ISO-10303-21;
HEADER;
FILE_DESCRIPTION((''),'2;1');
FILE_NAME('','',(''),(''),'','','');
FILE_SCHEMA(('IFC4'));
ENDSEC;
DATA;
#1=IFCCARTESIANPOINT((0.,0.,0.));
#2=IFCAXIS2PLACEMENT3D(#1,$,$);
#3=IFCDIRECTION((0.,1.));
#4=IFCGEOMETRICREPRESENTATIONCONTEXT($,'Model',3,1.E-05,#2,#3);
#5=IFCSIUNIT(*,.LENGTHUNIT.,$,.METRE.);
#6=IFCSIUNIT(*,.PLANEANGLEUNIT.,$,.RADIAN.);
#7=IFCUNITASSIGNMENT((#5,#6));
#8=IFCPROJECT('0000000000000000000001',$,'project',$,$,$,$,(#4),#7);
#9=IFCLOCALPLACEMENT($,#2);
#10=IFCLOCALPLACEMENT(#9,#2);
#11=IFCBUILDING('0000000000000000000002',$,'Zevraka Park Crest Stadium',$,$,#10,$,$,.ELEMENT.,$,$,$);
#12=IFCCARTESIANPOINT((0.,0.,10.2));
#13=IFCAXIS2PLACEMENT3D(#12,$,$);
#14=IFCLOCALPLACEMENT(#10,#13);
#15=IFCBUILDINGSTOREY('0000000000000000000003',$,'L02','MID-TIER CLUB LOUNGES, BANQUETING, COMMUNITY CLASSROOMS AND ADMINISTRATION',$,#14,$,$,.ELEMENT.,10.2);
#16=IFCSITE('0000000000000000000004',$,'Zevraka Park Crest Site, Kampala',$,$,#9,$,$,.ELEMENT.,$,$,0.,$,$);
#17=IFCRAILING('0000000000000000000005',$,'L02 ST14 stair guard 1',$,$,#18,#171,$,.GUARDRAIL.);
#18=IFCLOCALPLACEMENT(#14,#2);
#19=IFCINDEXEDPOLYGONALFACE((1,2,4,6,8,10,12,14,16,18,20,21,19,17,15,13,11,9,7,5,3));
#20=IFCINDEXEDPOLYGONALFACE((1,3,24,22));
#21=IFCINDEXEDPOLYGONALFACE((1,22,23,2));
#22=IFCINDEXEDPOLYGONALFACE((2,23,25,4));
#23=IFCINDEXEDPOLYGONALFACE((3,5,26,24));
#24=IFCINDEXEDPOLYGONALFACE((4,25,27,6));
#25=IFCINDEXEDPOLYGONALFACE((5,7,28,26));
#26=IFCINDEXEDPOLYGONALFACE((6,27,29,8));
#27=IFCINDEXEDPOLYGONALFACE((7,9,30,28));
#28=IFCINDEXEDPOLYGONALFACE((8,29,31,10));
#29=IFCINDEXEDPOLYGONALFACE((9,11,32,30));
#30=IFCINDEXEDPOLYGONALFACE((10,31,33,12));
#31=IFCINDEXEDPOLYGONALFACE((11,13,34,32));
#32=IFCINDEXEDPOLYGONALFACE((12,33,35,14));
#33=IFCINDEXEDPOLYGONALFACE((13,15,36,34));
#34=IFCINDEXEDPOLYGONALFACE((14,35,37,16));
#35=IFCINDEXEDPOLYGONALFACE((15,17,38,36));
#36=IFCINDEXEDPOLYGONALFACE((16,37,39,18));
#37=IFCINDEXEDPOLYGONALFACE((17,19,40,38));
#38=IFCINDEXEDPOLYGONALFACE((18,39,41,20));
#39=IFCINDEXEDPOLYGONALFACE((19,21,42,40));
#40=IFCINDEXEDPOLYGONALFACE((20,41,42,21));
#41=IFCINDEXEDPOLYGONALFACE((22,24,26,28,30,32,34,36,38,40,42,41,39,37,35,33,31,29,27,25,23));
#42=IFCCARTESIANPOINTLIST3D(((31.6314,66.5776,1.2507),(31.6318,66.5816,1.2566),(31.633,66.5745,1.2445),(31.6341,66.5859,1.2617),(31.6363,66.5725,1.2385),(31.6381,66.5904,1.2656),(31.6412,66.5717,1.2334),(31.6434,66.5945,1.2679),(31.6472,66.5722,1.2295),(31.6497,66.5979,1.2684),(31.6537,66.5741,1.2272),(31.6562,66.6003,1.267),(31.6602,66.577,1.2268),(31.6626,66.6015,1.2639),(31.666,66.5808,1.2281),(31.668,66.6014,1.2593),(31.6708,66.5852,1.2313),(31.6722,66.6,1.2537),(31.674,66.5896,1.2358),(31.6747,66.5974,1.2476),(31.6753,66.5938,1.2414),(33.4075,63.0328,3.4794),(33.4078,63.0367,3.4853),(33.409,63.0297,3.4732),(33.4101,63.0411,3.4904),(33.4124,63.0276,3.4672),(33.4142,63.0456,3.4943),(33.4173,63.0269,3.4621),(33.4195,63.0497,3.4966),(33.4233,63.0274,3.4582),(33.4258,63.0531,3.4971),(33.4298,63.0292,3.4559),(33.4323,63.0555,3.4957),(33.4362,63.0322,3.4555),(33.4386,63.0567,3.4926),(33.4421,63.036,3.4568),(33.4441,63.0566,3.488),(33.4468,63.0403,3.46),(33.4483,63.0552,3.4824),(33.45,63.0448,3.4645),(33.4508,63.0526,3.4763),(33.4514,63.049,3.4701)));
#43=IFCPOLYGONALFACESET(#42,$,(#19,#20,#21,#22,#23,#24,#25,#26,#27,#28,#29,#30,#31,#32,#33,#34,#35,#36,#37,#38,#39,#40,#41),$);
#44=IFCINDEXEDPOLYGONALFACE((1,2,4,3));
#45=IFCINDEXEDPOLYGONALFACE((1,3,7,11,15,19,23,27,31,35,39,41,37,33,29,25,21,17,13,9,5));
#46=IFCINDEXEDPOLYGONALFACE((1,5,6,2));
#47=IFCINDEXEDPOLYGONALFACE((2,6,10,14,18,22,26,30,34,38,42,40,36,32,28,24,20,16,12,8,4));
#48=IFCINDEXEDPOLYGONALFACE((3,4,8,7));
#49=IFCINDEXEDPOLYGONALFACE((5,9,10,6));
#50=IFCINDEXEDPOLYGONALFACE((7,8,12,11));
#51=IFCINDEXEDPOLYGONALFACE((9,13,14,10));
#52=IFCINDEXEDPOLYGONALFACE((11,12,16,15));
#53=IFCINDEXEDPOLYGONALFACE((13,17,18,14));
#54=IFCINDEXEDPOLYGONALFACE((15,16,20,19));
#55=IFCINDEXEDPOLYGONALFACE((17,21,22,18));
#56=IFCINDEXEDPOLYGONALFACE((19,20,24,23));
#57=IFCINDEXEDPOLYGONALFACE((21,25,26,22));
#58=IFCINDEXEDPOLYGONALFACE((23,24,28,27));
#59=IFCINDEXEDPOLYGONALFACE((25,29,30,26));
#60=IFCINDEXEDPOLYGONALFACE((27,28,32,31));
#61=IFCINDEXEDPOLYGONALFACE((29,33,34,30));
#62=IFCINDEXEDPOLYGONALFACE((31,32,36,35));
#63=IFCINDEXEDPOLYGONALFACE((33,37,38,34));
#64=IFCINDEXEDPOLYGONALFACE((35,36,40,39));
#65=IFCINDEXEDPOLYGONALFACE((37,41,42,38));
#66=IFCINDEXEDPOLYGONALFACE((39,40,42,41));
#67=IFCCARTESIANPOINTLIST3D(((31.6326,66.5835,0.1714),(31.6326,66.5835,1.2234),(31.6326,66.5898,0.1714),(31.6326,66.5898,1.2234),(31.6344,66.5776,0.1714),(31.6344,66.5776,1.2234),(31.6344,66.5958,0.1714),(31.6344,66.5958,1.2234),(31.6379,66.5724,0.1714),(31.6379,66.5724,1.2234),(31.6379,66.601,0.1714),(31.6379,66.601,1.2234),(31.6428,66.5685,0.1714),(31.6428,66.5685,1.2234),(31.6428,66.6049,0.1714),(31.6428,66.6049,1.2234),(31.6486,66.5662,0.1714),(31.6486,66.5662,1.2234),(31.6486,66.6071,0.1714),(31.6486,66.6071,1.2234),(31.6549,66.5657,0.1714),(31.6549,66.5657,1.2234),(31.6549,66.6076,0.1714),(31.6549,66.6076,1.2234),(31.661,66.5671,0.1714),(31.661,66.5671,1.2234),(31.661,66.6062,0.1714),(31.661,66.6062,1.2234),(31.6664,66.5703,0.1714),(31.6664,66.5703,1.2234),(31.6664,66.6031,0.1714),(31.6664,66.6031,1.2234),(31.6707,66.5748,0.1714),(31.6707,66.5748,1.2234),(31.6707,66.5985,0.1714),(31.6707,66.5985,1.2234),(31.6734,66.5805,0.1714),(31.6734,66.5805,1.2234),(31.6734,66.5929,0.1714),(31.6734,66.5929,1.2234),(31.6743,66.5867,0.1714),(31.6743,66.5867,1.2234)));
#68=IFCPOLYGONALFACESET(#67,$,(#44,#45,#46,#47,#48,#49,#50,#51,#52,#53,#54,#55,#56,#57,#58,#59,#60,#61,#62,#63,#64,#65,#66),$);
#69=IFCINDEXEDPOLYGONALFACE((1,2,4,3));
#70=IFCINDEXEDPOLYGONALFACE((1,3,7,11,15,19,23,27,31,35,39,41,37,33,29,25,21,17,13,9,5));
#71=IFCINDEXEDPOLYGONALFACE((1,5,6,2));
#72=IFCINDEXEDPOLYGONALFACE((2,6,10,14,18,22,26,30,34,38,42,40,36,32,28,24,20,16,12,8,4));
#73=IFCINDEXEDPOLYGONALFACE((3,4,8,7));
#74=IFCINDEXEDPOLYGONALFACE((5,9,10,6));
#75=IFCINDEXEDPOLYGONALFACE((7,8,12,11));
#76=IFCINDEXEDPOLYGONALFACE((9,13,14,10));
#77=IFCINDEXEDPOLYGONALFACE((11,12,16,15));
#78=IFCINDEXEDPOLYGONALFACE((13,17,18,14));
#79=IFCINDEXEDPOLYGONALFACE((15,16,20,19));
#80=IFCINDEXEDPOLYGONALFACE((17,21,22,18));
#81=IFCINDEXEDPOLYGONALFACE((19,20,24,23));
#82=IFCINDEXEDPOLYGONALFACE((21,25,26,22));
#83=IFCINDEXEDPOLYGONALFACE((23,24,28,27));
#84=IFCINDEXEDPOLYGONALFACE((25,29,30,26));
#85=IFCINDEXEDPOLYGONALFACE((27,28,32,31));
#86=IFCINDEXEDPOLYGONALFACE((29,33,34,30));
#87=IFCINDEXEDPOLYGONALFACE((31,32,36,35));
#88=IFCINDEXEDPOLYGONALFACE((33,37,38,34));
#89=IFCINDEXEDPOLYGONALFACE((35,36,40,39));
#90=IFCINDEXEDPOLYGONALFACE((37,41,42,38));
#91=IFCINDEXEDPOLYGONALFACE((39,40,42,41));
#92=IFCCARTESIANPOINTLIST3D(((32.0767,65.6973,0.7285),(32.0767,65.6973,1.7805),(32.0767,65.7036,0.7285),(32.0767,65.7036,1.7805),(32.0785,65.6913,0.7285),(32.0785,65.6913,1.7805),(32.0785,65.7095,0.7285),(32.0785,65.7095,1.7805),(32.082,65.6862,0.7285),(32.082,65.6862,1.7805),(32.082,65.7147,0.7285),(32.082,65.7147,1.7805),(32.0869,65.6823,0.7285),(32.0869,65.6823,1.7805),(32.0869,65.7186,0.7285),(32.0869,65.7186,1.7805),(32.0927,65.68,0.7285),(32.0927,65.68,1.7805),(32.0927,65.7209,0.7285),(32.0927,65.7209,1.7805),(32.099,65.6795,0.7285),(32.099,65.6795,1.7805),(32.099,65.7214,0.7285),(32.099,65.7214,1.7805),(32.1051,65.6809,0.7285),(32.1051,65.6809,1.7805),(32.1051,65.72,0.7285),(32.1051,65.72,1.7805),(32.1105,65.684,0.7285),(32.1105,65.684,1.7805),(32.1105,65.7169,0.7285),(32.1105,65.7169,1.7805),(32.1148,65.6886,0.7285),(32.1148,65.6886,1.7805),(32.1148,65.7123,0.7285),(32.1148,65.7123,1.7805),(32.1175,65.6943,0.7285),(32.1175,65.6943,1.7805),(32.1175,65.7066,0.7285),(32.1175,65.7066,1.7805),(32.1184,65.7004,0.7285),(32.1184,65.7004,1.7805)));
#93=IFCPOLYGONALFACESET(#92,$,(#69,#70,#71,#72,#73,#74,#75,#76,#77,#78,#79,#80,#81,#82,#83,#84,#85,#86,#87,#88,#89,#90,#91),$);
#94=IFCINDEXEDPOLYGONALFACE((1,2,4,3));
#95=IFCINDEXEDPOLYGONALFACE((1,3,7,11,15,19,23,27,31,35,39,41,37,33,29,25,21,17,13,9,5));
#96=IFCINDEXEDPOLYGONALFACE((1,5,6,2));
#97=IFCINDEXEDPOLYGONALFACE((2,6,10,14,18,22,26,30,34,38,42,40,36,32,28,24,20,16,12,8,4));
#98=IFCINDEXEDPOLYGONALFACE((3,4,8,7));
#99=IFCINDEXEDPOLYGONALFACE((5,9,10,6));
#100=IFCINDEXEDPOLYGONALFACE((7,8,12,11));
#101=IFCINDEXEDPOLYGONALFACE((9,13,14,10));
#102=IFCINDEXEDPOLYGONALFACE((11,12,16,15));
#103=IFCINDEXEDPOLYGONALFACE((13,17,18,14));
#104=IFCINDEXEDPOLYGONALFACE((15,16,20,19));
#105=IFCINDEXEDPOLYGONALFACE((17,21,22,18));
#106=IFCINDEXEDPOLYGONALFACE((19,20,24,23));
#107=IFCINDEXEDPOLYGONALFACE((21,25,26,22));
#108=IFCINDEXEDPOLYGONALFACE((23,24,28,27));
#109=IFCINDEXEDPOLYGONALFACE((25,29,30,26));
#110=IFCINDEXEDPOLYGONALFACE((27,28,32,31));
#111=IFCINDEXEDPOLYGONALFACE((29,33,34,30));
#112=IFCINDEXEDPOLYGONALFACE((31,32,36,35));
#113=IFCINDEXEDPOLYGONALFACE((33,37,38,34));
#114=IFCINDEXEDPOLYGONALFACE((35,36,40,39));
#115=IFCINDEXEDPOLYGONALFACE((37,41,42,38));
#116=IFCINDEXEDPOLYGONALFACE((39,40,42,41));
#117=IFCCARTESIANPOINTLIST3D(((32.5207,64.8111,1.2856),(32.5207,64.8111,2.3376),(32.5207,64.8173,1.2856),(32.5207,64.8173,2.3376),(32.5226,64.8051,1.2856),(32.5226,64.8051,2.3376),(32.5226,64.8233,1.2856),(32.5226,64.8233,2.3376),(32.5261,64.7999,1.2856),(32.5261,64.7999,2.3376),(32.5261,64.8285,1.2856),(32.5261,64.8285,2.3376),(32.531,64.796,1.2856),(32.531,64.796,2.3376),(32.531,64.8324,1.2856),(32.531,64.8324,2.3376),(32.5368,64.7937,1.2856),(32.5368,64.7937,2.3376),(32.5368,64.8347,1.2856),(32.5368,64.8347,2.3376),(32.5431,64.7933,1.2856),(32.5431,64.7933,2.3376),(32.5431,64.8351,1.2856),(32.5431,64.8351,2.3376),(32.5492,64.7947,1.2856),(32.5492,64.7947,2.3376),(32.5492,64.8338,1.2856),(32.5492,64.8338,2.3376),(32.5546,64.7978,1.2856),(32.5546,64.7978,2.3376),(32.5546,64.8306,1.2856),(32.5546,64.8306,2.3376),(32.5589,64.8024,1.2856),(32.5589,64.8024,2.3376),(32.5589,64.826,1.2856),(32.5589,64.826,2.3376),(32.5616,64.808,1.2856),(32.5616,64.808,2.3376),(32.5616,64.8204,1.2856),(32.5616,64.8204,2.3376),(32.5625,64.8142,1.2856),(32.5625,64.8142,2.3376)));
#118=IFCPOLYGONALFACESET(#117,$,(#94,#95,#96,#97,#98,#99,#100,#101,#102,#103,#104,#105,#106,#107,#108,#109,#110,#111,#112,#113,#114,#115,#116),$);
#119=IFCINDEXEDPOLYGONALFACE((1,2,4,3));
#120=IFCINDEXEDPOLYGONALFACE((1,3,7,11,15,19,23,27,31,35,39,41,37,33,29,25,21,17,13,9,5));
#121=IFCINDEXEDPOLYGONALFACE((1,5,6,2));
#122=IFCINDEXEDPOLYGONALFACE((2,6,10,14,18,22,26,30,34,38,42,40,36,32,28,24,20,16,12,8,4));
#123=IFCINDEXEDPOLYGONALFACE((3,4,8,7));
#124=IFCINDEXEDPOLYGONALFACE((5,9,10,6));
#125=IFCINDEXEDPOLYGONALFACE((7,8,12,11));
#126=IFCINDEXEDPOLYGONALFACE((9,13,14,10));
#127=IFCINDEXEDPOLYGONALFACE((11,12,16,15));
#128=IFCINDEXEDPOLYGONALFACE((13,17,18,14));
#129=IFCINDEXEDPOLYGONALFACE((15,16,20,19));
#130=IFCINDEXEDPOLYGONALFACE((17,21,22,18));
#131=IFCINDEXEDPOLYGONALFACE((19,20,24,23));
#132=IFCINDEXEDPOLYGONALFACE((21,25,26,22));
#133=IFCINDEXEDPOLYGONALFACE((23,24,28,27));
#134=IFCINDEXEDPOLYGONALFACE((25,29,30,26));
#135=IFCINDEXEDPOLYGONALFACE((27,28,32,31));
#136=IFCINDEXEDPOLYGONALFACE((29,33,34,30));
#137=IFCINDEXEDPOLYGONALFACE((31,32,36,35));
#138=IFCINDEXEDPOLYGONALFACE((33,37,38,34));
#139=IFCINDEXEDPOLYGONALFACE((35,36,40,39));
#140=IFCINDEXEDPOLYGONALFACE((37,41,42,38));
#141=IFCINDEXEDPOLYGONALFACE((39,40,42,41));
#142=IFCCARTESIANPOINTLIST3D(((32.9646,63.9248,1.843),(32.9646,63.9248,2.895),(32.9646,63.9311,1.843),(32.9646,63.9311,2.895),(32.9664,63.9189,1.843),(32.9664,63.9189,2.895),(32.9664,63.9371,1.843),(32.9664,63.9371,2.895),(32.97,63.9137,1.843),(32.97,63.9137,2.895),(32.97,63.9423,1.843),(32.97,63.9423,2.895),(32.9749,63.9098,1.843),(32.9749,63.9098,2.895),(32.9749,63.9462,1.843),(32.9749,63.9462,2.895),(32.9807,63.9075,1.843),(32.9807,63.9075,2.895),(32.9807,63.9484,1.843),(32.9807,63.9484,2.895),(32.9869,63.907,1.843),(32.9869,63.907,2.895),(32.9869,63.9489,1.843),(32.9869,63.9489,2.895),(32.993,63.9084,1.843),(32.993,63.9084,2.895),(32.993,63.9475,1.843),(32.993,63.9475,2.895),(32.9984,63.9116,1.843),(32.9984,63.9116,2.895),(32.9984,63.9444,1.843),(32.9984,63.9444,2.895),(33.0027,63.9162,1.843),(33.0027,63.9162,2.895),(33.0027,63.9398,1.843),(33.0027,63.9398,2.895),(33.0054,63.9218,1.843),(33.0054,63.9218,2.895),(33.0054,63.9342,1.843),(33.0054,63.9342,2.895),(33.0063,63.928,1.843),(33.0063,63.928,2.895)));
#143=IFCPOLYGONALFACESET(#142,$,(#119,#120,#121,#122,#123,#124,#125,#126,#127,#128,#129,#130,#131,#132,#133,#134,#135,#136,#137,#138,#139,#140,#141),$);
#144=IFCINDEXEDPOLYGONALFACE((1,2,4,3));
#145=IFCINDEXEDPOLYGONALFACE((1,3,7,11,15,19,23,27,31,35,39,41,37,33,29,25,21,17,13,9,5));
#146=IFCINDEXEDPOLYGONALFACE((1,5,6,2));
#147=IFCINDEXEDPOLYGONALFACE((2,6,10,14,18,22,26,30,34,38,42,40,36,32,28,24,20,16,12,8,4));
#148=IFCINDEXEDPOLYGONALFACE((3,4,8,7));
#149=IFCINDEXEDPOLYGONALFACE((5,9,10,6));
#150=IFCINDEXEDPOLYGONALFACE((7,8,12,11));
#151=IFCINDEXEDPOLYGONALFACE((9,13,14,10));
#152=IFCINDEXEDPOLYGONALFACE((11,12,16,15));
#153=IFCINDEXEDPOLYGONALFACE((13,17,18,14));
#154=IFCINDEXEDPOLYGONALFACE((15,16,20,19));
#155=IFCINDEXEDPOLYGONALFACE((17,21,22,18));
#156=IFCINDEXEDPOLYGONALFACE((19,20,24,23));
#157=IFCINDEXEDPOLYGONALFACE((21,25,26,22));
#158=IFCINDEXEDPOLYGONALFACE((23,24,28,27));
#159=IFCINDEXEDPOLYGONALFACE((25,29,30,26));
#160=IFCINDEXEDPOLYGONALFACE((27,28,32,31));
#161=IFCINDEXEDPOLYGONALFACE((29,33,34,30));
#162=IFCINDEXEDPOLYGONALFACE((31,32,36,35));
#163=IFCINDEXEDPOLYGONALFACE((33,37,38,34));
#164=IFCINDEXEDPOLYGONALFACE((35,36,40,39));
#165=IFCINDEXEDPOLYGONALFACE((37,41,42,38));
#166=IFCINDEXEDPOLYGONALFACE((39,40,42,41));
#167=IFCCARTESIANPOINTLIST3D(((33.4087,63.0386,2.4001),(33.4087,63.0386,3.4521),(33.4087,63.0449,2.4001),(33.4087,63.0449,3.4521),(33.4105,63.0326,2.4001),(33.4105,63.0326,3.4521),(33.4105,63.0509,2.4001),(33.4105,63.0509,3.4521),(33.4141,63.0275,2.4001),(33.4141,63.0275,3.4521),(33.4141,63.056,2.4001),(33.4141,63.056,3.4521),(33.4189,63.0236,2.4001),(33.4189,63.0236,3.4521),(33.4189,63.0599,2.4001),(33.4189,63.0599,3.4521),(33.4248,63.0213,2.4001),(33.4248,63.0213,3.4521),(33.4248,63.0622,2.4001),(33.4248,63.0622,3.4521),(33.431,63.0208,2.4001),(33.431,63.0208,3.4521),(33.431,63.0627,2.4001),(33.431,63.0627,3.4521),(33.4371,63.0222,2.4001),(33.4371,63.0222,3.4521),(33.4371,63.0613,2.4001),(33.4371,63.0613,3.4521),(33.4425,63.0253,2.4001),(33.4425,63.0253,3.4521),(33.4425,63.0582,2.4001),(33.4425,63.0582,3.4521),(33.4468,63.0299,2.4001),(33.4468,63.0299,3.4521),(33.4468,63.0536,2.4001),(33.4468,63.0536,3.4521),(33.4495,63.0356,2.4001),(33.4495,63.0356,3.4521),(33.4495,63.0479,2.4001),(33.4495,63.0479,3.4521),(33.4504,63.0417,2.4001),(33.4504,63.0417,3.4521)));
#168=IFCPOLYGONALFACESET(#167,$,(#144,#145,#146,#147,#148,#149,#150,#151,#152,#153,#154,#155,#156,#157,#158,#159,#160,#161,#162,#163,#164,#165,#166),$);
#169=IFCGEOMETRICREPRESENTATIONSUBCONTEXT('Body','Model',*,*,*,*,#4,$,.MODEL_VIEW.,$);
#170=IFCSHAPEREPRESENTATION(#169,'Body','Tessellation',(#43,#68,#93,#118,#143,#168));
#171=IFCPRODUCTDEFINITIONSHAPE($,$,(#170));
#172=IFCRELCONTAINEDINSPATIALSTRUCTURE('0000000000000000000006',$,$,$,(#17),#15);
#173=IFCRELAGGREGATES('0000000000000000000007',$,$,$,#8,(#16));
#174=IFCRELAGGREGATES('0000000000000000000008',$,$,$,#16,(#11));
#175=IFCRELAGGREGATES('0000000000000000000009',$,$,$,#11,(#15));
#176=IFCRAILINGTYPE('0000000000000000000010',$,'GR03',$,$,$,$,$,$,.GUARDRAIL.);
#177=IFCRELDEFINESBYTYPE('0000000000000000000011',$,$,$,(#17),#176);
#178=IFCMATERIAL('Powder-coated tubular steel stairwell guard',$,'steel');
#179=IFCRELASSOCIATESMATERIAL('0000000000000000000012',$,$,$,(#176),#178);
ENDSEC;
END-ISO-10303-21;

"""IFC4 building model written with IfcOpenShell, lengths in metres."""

from ifc_helpers import new_model, si_unit, direction, frame, origin, origin_2d, place, context, subcontext, project, spatial, circle, extrude, material, type_object, element, save


model = new_model("IFC4")

# Units and contexts
model_context = context("Model", 3, precision=1e-05, world=origin(), true_north=direction((0.0, 1.0)))
body_context = subcontext(model_context, "Body", "Model", "MODEL_VIEW")
ifc_project = project(units=[si_unit("LENGTHUNIT", "METRE"), si_unit("PLANEANGLEUNIT", "RADIAN")], contexts=[model_context])

# Site, building, storey
site_placement = place(None, origin())
site = spatial("IfcSite", under=ifc_project, at=site_placement, Name="Zevraka Park Crest Site, Kampala", CompositionType="ELEMENT", RefElevation=0.0)
building_placement = place(site_placement, origin())
building = spatial("IfcBuilding", under=site, at=building_placement, Name="Zevraka Park Crest Stadium", CompositionType="ELEMENT")
storey_placement = place(building_placement, frame((0.0, 0.0, 10.2)))
storey = spatial("IfcBuildingStorey", under=building, at=storey_placement, Name="L02", Description="MID-TIER CLUB LOUNGES, BANQUETING, COMMUNITY CLASSROOMS AND ADMINISTRATION", CompositionType="ELEMENT", Elevation=10.2)

# Railing
ifc_material_1 = material(Name="Powder-coated tubular steel stairwell guard", Category="steel")
railing_type = type_object("IfcRailingType", Name="GR03", PredefinedType="GUARDRAIL", material=ifc_material_1)
railing_1_placement = place(storey_placement, frame((31.6533, 66.5867, 0.1714)))
element("IfcRailing", 1, at=railing_1_placement, inside=storey, type_object=railing_type, Name="L02 ST14 stair guard 1", PredefinedType="GUARDRAIL", context=body_context, shape_type="SweptSolid", body=[
    extrude(circle(Radius=0.0239, at=origin_2d()), frame((0.0, 0.0, 1.0762), z_axis=(0.390489, -0.779368, 0.490004), x_axis=(0.894057, 0.447952, 0.0)), (0.0, 0.0, 1.0), 4.5483),
    extrude(circle(Radius=0.021, at=origin_2d()), origin(), (0.0, 0.0, 1.0), 1.052),
    extrude(circle(Radius=0.021, at=origin_2d()), frame((0.4441, -0.8862, 0.5571)), (0.0, 0.0, 1.0), 1.052),
    extrude(circle(Radius=0.021, at=origin_2d()), frame((0.8882, -1.7725, 1.1143)), (0.0, 0.0, 1.0), 1.052),
    extrude(circle(Radius=0.021, at=origin_2d()), frame((1.332, -2.6587, 1.6716)), (0.0, 0.0, 1.0), 1.052),
    extrude(circle(Radius=0.021, at=origin_2d()), frame((1.7761, -3.5449, 2.2288)), (0.0, 0.0, 1.0), 1.052),
])

save(model, "model.ifc")
